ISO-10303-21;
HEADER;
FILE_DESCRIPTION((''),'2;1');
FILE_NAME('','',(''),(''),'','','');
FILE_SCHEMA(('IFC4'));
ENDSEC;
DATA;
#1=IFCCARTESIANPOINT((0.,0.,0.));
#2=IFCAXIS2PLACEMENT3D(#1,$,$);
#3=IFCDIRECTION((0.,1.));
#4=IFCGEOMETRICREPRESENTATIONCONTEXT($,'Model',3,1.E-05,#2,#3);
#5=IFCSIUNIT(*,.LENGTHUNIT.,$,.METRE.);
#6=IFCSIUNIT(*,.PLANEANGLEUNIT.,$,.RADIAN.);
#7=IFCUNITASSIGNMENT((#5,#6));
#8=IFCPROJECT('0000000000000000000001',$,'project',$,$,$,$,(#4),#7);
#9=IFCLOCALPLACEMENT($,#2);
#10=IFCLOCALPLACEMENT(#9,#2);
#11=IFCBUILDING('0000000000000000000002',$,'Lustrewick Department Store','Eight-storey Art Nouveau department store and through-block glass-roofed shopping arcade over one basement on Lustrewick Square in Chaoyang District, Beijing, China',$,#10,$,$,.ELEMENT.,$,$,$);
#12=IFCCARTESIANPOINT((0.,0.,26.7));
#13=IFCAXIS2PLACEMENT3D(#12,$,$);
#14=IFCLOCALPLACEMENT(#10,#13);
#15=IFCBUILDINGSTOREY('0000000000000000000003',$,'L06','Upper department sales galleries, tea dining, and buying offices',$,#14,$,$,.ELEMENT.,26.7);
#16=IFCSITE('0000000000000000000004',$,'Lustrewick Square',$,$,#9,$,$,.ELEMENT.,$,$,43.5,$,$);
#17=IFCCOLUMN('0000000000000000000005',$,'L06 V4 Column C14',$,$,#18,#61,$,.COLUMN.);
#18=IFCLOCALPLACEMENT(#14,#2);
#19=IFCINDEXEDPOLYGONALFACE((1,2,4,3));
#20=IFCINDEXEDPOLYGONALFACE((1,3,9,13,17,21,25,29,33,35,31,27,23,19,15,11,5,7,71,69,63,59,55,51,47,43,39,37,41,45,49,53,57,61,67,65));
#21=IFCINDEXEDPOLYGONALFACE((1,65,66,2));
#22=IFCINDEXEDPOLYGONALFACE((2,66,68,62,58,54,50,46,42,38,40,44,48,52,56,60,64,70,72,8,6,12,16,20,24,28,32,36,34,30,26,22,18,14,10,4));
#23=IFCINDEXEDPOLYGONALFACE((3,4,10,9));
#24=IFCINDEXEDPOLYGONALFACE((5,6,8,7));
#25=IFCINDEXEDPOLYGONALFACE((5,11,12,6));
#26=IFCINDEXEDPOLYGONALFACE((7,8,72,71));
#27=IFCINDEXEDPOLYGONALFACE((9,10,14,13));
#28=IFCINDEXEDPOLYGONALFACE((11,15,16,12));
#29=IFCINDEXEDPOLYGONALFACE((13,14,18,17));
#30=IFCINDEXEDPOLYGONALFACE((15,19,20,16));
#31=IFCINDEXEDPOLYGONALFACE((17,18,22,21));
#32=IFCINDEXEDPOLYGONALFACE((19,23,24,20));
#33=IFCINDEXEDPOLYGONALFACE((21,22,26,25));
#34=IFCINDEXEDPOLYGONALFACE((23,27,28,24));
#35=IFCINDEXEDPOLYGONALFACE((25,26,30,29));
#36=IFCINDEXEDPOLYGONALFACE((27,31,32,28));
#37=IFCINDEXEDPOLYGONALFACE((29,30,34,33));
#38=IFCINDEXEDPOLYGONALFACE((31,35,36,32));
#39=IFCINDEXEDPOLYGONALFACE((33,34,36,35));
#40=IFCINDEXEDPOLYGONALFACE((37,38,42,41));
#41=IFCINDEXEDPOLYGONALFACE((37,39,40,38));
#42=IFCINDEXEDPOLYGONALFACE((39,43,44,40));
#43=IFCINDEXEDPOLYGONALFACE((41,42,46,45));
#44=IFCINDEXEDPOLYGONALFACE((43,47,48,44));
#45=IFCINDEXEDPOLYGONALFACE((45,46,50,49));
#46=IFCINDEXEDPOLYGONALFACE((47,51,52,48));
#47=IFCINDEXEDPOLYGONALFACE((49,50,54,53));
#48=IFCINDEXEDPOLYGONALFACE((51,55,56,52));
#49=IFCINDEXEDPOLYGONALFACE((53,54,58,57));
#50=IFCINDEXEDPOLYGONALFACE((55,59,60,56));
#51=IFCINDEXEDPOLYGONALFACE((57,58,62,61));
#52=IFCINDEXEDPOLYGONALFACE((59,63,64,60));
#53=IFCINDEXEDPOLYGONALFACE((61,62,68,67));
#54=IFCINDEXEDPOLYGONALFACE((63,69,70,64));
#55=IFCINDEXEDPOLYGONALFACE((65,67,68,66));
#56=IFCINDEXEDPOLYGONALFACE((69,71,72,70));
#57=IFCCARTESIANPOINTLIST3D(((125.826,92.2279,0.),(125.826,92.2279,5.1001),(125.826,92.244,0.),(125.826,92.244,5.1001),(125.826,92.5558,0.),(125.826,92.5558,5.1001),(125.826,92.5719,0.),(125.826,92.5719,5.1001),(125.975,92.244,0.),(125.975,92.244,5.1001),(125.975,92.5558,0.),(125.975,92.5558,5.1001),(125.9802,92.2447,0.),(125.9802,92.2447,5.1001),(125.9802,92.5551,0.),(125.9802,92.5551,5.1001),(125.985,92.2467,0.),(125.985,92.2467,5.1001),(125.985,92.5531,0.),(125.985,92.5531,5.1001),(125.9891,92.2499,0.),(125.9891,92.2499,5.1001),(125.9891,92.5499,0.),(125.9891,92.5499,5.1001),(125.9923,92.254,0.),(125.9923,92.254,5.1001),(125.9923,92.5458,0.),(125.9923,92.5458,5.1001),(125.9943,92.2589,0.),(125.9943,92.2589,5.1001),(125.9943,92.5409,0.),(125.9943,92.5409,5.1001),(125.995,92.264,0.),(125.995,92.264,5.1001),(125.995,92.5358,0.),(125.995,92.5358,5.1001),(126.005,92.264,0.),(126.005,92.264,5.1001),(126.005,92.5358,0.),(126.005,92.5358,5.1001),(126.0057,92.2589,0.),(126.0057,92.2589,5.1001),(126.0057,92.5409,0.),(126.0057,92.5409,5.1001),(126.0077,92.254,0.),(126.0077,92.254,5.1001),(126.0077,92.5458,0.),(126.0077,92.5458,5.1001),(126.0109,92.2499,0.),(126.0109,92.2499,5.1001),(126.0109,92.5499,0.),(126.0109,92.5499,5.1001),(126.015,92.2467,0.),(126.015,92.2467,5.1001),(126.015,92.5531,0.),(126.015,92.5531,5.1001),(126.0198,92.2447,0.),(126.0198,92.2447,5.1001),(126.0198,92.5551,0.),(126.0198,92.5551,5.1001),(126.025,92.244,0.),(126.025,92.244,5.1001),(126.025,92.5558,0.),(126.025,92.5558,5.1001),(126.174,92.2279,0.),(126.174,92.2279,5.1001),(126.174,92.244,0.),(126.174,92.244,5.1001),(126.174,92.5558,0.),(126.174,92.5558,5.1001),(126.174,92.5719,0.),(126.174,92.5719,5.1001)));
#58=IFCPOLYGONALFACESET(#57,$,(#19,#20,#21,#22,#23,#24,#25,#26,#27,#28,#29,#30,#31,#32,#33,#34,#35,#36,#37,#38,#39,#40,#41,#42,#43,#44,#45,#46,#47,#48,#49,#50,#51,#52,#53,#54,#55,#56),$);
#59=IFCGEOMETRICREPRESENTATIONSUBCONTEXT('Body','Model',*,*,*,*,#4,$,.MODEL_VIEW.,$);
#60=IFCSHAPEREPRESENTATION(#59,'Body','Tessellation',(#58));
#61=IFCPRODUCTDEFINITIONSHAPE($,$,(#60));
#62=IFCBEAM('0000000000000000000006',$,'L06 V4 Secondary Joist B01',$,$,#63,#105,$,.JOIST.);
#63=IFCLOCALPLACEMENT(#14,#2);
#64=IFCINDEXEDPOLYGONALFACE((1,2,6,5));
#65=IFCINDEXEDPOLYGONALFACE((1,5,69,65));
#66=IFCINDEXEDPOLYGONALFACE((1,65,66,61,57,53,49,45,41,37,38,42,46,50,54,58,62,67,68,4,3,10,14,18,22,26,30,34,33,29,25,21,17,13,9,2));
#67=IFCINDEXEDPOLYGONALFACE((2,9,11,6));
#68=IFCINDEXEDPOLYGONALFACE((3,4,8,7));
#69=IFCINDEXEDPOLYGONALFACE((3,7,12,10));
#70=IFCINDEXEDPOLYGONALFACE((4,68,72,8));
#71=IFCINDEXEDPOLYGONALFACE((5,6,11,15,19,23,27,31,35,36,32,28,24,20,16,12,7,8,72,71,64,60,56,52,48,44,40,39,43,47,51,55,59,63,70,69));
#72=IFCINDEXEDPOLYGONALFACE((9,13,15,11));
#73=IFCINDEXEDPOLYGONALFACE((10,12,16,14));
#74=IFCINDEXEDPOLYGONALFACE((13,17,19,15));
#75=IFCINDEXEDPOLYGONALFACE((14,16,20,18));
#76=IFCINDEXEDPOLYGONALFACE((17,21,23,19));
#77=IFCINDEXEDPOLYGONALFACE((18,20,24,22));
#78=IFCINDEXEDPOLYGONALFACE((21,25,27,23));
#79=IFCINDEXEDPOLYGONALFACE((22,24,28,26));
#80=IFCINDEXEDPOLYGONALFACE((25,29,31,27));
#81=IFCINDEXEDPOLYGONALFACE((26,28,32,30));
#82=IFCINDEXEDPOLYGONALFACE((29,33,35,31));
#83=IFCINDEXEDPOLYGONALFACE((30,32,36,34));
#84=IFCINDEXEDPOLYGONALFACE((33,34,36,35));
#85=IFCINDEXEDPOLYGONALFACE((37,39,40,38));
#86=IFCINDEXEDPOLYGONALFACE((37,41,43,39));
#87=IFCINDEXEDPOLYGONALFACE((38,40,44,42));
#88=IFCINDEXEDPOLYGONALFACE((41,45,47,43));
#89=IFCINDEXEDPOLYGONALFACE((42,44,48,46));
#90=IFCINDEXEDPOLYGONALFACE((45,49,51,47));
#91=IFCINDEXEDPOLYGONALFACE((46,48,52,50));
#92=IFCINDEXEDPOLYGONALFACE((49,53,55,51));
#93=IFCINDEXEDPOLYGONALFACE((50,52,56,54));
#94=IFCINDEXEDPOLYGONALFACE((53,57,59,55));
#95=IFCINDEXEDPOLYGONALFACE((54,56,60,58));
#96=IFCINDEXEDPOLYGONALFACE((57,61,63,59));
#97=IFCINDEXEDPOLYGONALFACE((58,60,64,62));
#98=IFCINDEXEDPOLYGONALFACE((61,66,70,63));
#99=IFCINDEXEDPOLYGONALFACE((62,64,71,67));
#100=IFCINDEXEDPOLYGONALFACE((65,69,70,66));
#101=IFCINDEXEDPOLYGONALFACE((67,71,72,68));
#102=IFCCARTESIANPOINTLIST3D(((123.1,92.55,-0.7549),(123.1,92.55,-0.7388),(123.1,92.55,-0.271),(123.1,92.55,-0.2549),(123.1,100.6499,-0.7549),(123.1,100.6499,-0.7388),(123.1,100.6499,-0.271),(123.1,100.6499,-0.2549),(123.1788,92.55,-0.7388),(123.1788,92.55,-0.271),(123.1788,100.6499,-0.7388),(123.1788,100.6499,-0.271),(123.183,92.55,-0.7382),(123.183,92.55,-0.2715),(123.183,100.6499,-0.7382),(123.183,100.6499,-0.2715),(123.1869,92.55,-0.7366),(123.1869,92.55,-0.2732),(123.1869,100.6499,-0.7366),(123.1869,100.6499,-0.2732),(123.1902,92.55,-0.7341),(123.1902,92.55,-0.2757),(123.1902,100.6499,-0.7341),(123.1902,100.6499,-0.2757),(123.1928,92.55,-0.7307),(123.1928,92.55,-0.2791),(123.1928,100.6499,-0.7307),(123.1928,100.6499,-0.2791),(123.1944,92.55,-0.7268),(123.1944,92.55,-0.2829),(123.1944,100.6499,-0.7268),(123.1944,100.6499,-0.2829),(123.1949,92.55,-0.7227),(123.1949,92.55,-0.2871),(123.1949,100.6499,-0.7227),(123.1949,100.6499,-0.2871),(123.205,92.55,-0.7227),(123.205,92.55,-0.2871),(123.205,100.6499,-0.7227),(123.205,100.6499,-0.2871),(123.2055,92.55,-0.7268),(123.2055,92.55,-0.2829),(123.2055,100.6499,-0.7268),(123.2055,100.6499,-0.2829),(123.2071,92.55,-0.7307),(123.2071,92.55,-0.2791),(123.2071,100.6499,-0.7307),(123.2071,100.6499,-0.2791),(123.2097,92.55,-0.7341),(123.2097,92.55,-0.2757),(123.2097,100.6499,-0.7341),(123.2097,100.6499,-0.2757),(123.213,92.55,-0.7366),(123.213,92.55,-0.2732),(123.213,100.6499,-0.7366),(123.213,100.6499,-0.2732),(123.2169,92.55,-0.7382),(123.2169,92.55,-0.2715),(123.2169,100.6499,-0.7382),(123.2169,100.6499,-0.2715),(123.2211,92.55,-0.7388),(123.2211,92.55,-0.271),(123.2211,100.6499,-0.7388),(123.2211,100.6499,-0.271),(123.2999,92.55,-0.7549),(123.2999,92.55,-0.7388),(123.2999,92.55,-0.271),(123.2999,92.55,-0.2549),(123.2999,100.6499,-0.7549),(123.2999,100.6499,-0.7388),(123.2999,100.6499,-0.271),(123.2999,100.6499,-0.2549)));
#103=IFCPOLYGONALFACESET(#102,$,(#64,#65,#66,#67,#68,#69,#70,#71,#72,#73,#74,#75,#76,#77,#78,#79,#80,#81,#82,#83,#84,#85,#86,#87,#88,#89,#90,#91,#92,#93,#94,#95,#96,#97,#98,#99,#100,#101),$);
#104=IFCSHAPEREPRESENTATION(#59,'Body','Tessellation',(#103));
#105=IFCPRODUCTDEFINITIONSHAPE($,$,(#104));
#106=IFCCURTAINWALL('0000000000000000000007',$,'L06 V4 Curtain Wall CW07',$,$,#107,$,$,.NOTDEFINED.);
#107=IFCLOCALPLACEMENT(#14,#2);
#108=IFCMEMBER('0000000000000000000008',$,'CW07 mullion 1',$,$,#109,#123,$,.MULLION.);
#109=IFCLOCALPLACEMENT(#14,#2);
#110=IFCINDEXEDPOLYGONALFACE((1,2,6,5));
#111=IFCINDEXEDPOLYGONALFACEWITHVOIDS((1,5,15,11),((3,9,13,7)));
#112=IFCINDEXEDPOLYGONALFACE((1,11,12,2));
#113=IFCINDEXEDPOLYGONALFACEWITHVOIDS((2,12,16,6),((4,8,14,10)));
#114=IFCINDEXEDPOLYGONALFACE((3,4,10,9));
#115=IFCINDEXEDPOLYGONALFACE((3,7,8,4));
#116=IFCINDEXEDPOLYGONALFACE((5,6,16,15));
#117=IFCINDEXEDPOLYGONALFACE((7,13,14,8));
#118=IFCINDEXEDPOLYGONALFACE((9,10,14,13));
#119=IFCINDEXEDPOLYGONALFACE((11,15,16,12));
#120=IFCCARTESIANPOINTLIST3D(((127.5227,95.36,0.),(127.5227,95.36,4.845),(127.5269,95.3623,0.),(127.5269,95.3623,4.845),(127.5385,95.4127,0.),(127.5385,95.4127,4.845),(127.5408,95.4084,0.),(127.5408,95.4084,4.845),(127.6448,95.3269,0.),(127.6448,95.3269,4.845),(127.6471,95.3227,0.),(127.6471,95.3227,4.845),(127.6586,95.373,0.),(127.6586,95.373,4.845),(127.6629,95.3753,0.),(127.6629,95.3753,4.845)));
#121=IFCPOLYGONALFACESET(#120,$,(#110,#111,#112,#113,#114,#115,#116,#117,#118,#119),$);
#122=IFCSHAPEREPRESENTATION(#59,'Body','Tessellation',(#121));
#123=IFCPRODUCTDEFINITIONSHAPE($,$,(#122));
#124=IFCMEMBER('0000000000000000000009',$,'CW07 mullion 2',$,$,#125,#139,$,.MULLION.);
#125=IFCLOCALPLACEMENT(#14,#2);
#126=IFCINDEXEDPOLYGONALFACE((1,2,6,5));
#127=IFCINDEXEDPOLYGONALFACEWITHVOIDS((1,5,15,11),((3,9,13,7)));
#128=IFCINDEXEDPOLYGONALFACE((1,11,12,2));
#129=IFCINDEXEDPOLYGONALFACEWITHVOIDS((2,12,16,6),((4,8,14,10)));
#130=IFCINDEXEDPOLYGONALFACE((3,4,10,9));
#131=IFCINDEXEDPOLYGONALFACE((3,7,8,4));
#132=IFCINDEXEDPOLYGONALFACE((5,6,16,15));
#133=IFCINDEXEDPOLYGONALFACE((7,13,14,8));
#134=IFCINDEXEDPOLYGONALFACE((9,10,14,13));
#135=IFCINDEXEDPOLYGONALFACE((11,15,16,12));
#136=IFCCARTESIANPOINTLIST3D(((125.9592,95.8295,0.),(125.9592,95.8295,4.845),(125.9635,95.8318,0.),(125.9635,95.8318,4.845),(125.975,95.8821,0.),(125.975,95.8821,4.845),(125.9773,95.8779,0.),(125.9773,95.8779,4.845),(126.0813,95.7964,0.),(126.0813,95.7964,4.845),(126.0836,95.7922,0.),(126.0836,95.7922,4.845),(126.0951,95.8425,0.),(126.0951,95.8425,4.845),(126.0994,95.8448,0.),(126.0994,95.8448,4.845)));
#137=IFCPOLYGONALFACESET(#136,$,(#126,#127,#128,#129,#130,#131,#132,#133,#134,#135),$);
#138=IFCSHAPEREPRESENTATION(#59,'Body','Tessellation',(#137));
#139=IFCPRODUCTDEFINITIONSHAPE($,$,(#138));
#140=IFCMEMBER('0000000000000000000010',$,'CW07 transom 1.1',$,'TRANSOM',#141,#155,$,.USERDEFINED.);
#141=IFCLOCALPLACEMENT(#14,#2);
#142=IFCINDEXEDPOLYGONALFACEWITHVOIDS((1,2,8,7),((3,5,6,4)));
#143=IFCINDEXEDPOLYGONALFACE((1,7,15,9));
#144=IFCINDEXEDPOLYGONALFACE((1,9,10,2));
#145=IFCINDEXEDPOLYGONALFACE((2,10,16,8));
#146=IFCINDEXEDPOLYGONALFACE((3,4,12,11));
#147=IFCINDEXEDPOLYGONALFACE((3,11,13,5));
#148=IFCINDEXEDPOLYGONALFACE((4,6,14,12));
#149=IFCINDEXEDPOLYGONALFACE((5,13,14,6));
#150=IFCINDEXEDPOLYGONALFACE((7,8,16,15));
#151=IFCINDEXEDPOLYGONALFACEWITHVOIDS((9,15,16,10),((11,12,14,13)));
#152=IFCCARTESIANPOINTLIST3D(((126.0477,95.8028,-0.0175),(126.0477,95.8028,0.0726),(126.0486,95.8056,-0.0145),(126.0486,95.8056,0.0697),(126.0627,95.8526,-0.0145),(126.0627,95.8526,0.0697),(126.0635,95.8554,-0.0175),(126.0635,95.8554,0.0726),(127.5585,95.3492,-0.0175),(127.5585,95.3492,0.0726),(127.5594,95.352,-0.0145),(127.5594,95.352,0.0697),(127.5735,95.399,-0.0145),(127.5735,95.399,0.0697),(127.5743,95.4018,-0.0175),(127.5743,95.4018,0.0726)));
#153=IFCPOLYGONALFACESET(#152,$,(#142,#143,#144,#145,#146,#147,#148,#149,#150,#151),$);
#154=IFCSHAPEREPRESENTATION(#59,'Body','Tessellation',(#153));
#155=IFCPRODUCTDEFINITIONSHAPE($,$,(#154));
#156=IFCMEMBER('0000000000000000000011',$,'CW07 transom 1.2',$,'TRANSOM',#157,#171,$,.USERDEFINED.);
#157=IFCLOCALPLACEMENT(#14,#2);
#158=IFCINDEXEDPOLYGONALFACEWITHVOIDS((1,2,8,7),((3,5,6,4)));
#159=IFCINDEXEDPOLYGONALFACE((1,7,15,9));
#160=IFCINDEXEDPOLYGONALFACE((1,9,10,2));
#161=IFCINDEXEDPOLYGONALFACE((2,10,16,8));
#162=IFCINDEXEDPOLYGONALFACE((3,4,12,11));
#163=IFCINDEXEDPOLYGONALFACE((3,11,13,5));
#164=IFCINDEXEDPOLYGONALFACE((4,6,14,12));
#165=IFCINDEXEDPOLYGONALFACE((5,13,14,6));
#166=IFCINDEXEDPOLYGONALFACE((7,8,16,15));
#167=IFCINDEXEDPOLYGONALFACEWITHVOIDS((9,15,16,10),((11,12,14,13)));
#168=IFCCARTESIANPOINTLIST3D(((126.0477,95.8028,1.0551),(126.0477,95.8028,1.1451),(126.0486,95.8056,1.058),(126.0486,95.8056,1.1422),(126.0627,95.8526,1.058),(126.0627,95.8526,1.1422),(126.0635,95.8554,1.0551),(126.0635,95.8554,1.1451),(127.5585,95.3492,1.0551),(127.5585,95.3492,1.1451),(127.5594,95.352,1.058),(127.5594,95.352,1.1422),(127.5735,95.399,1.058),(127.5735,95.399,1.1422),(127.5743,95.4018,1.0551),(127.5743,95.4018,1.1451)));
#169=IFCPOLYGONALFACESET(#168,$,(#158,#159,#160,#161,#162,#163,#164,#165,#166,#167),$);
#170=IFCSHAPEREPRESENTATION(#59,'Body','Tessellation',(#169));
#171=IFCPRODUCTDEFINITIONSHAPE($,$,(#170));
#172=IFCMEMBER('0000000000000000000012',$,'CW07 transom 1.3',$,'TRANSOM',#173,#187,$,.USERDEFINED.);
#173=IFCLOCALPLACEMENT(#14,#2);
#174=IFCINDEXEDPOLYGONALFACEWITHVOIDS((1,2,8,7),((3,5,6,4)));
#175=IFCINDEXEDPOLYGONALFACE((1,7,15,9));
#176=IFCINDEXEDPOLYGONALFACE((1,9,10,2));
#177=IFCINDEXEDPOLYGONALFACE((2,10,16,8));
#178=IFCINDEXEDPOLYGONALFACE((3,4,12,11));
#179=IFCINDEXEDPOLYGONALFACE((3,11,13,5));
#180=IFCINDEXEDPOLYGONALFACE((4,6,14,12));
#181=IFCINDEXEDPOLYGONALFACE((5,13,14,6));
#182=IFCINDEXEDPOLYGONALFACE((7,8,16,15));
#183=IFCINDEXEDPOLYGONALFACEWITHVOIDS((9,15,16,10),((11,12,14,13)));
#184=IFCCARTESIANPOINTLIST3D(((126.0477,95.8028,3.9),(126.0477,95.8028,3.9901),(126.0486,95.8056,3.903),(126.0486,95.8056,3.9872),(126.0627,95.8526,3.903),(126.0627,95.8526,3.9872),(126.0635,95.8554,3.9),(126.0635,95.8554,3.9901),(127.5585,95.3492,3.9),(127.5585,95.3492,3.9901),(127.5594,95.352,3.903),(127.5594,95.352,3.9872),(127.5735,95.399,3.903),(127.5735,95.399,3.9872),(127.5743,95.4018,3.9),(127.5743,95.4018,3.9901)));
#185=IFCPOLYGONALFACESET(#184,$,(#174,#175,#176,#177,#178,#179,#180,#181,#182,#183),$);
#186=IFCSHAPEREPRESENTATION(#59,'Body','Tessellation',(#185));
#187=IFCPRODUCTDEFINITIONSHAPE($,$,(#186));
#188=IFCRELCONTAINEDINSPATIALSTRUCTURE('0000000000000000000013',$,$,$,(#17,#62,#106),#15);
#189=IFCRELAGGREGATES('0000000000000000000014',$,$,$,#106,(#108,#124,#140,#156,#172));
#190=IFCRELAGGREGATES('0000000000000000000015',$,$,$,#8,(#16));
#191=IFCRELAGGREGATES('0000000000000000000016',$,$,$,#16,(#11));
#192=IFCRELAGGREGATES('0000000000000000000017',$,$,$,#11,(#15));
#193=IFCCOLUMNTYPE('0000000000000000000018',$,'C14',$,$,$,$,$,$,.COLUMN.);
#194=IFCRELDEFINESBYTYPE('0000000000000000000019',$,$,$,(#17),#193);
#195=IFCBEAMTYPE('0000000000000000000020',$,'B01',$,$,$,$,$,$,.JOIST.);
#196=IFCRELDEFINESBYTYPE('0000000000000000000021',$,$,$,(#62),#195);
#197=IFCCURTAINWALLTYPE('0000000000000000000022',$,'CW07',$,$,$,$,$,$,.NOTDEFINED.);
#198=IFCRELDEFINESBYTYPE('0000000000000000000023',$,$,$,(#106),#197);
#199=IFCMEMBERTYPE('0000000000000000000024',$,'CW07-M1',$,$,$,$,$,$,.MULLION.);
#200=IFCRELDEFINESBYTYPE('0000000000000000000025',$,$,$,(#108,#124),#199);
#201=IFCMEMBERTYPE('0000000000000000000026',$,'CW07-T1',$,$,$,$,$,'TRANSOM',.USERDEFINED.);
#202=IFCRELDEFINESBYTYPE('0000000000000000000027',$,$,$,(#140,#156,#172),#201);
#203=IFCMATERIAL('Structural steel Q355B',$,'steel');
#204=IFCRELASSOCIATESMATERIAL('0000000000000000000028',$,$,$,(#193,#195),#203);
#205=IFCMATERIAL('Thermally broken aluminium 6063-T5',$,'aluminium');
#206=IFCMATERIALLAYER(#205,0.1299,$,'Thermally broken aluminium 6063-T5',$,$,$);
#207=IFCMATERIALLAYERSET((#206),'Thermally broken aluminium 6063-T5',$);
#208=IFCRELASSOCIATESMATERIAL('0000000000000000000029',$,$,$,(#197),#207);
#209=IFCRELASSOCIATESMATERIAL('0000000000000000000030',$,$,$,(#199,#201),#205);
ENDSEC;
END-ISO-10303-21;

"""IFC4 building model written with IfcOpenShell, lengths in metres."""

from ifc_helpers import new_model, si_unit, direction, frame, origin, origin_2d, place, context, subcontext, project, spatial, hollow_rectangle, i_section, extrude, material, layer, layer_set, material_profile, profile_set, type_object, element, aggregate, save


model = new_model("IFC4")

# Units and contexts
model_context = context("Model", 3, precision=1e-05, world=origin(), true_north=direction((0.0, 1.0)))
body_context = subcontext(model_context, "Body", "Model", "MODEL_VIEW")
ifc_project = project(units=[si_unit("LENGTHUNIT", "METRE"), si_unit("PLANEANGLEUNIT", "RADIAN")], contexts=[model_context])

# Site, building, storey
site_placement = place(None, origin())
site = spatial("IfcSite", under=ifc_project, at=site_placement, Name="Lustrewick Square", CompositionType="ELEMENT", RefElevation=43.5)
building_placement = place(site_placement, origin())
building = spatial("IfcBuilding", under=site, at=building_placement, Name="Lustrewick Department Store", Description="Eight-storey Art Nouveau department store and through-block glass-roofed shopping arcade over one basement on Lustrewick Square in Chaoyang District, Beijing, China", CompositionType="ELEMENT")
storey_placement = place(building_placement, frame((0.0, 0.0, 26.7)))
storey = spatial("IfcBuildingStorey", under=building, at=storey_placement, Name="L06", Description="Upper department sales galleries, tea dining, and buying offices", CompositionType="ELEMENT", Elevation=26.7)

# Column
ifc_material_1 = material(Name="Structural steel Q355B", Category="steel")
ifc_material_profile_1 = material_profile(ifc_material_1, i_section(OverallWidth=0.3479, OverallDepth=0.344, WebThickness=0.01, FlangeThickness=0.0161, FilletRadius=0.02, at=origin_2d()), Name="HW 344x348x10x16")
ifc_profile_set_1 = profile_set([ifc_material_profile_1], Name="Structural steel Q355B")
column_type = type_object("IfcColumnType", Name="C14", PredefinedType="COLUMN", material=ifc_profile_set_1)
column_placement = place(storey_placement, frame((126.0, 92.3999, 0.0), z_axis=(0.0, 0.0, 1.0), x_axis=(1.0, 0.0, 0.0)))
element("IfcColumn", 1, at=column_placement, inside=storey, type_object=column_type, Name="L06 V4 Column C14", PredefinedType="COLUMN", context=body_context, shape_type="SweptSolid", body=[
    extrude(i_section(OverallWidth=0.3479, OverallDepth=0.344, WebThickness=0.01, FlangeThickness=0.0161, FilletRadius=0.02, at=origin_2d()), origin(), (0.0, 0.0, 1.0), 5.1001),
])

# Beam
ifc_material_profile_2 = material_profile(ifc_material_1, i_section(OverallWidth=0.2, OverallDepth=0.5, WebThickness=0.01, FlangeThickness=0.0161, FilletRadius=0.0161, at=origin_2d()), Name="HN 500x200x10x16")
ifc_profile_set_2 = profile_set([ifc_material_profile_2], Name="Structural steel Q355B")
beam_type_1 = type_object("IfcBeamType", Name="B01", PredefinedType="JOIST", material=ifc_profile_set_2)
beam_1_placement = place(storey_placement, frame((123.2, 92.55, -0.5049), z_axis=(0.0, 1.0, 0.0), x_axis=(-1.0, 0.0, 0.0)))
element("IfcBeam", 2, at=beam_1_placement, inside=storey, type_object=beam_type_1, Name="L06 V4 Secondary Joist B01", PredefinedType="JOIST", context=body_context, shape_type="SweptSolid", body=[
    extrude(i_section(OverallWidth=0.2, OverallDepth=0.5, WebThickness=0.01, FlangeThickness=0.0161, FilletRadius=0.0161, at=origin_2d()), origin(), (0.0, 0.0, 1.0), 8.0999),
])

# Curtain wall, members
ifc_material_2 = material(Name="Thermally broken aluminium 6063-T5", Category="aluminium")
ifc_layer_1 = layer(ifc_material_2, 0.1299, Name="Thermally broken aluminium 6063-T5")
ifc_layer_set_1 = layer_set([ifc_layer_1], Name="Thermally broken aluminium 6063-T5")
curtain_wall_type_1 = type_object("IfcCurtainWallType", Name="CW07", PredefinedType="NOTDEFINED", material=ifc_layer_set_1)
curtain_wall_1_placement = place(storey_placement, origin())
curtain_wall_1 = element("IfcCurtainWall", 3, at=curtain_wall_1_placement, inside=storey, type_object=curtain_wall_type_1, Name="L06 V4 Curtain Wall CW07", PredefinedType="NOTDEFINED")
ifc_material_profile_3 = material_profile(ifc_material_2, hollow_rectangle(XDim=0.0549, YDim=0.1299, WallThickness=0.0034, at=origin_2d()), Name="ALU-M 55x130x3.5")
ifc_profile_set_3 = profile_set([ifc_material_profile_3], Name="Thermally broken aluminium 6063-T5")
member_type_1 = type_object("IfcMemberType", Name="CW07-M1", PredefinedType="MULLION", material=ifc_profile_set_3)
member_1_placement = place(storey_placement, frame((127.5928, 95.3677, 0.0), z_axis=(0.0, 0.0, 1.0), x_axis=(-0.28762, -0.957745, 0.0)))
member_1 = element("IfcMember", 4, at=member_1_placement, type_object=member_type_1, Name="CW07 mullion 1", PredefinedType="MULLION", context=body_context, shape_type="SweptSolid", body=[
    extrude(hollow_rectangle(XDim=0.0549, YDim=0.1299, WallThickness=0.0034, at=origin_2d()), origin(), (0.0, 0.0, 1.0), 4.845),
])
member_2_placement = place(storey_placement, frame((126.0293, 95.8372, 0.0), z_axis=(0.0, 0.0, 1.0), x_axis=(-0.28762, -0.957745, 0.0)))
member_2 = element("IfcMember", 5, at=member_2_placement, type_object=member_type_1, Name="CW07 mullion 2", PredefinedType="MULLION", context=body_context, shape_type="SweptSolid", body=[
    extrude(hollow_rectangle(XDim=0.0549, YDim=0.1299, WallThickness=0.0034, at=origin_2d()), origin(), (0.0, 0.0, 1.0), 4.845),
])
ifc_material_profile_4 = material_profile(ifc_material_2, hollow_rectangle(XDim=0.0549, YDim=0.0901, WallThickness=0.0029, at=origin_2d()), Name="ALU-T 55x90x3")
ifc_profile_set_4 = profile_set([ifc_material_profile_4], Name="Thermally broken aluminium 6063-T5")
member_type_2 = type_object("IfcMemberType", Name="CW07-T1", ElementType="TRANSOM", PredefinedType="USERDEFINED", material=ifc_profile_set_4)
member_3_placement = place(storey_placement, frame((127.5664, 95.3755, 0.0276), z_axis=(-0.957758, 0.287575, 0.0), x_axis=(-0.287575, -0.957758, 0.0)))
member_3 = element("IfcMember", 6, at=member_3_placement, type_object=member_type_2, Name="CW07 transom 1.1", ObjectType="TRANSOM", PredefinedType="USERDEFINED", context=body_context, shape_type="SweptSolid", body=[
    extrude(hollow_rectangle(XDim=0.0549, YDim=0.0901, WallThickness=0.0029, at=origin_2d()), origin(), (0.0, 0.0, 1.0), 1.5774),
])
member_4_placement = place(storey_placement, frame((127.5664, 95.3755, 1.1001), z_axis=(-0.957758, 0.287575, 0.0), x_axis=(-0.287575, -0.957758, 0.0)))
member_4 = element("IfcMember", 7, at=member_4_placement, type_object=member_type_2, Name="CW07 transom 1.2", ObjectType="TRANSOM", PredefinedType="USERDEFINED", context=body_context, shape_type="SweptSolid", body=[
    extrude(hollow_rectangle(XDim=0.0549, YDim=0.0901, WallThickness=0.0029, at=origin_2d()), origin(), (0.0, 0.0, 1.0), 1.5774),
])
member_5_placement = place(storey_placement, frame((127.5664, 95.3755, 3.9451), z_axis=(-0.957758, 0.287575, 0.0), x_axis=(-0.287575, -0.957758, 0.0)))
member_5 = element("IfcMember", 8, at=member_5_placement, type_object=member_type_2, Name="CW07 transom 1.3", ObjectType="TRANSOM", PredefinedType="USERDEFINED", context=body_context, shape_type="SweptSolid", body=[
    extrude(hollow_rectangle(XDim=0.0549, YDim=0.0901, WallThickness=0.0029, at=origin_2d()), origin(), (0.0, 0.0, 1.0), 1.5774),
])

aggregate(curtain_wall_1, [member_1, member_2, member_3, member_4, member_5])

save(model, "model.ifc")
